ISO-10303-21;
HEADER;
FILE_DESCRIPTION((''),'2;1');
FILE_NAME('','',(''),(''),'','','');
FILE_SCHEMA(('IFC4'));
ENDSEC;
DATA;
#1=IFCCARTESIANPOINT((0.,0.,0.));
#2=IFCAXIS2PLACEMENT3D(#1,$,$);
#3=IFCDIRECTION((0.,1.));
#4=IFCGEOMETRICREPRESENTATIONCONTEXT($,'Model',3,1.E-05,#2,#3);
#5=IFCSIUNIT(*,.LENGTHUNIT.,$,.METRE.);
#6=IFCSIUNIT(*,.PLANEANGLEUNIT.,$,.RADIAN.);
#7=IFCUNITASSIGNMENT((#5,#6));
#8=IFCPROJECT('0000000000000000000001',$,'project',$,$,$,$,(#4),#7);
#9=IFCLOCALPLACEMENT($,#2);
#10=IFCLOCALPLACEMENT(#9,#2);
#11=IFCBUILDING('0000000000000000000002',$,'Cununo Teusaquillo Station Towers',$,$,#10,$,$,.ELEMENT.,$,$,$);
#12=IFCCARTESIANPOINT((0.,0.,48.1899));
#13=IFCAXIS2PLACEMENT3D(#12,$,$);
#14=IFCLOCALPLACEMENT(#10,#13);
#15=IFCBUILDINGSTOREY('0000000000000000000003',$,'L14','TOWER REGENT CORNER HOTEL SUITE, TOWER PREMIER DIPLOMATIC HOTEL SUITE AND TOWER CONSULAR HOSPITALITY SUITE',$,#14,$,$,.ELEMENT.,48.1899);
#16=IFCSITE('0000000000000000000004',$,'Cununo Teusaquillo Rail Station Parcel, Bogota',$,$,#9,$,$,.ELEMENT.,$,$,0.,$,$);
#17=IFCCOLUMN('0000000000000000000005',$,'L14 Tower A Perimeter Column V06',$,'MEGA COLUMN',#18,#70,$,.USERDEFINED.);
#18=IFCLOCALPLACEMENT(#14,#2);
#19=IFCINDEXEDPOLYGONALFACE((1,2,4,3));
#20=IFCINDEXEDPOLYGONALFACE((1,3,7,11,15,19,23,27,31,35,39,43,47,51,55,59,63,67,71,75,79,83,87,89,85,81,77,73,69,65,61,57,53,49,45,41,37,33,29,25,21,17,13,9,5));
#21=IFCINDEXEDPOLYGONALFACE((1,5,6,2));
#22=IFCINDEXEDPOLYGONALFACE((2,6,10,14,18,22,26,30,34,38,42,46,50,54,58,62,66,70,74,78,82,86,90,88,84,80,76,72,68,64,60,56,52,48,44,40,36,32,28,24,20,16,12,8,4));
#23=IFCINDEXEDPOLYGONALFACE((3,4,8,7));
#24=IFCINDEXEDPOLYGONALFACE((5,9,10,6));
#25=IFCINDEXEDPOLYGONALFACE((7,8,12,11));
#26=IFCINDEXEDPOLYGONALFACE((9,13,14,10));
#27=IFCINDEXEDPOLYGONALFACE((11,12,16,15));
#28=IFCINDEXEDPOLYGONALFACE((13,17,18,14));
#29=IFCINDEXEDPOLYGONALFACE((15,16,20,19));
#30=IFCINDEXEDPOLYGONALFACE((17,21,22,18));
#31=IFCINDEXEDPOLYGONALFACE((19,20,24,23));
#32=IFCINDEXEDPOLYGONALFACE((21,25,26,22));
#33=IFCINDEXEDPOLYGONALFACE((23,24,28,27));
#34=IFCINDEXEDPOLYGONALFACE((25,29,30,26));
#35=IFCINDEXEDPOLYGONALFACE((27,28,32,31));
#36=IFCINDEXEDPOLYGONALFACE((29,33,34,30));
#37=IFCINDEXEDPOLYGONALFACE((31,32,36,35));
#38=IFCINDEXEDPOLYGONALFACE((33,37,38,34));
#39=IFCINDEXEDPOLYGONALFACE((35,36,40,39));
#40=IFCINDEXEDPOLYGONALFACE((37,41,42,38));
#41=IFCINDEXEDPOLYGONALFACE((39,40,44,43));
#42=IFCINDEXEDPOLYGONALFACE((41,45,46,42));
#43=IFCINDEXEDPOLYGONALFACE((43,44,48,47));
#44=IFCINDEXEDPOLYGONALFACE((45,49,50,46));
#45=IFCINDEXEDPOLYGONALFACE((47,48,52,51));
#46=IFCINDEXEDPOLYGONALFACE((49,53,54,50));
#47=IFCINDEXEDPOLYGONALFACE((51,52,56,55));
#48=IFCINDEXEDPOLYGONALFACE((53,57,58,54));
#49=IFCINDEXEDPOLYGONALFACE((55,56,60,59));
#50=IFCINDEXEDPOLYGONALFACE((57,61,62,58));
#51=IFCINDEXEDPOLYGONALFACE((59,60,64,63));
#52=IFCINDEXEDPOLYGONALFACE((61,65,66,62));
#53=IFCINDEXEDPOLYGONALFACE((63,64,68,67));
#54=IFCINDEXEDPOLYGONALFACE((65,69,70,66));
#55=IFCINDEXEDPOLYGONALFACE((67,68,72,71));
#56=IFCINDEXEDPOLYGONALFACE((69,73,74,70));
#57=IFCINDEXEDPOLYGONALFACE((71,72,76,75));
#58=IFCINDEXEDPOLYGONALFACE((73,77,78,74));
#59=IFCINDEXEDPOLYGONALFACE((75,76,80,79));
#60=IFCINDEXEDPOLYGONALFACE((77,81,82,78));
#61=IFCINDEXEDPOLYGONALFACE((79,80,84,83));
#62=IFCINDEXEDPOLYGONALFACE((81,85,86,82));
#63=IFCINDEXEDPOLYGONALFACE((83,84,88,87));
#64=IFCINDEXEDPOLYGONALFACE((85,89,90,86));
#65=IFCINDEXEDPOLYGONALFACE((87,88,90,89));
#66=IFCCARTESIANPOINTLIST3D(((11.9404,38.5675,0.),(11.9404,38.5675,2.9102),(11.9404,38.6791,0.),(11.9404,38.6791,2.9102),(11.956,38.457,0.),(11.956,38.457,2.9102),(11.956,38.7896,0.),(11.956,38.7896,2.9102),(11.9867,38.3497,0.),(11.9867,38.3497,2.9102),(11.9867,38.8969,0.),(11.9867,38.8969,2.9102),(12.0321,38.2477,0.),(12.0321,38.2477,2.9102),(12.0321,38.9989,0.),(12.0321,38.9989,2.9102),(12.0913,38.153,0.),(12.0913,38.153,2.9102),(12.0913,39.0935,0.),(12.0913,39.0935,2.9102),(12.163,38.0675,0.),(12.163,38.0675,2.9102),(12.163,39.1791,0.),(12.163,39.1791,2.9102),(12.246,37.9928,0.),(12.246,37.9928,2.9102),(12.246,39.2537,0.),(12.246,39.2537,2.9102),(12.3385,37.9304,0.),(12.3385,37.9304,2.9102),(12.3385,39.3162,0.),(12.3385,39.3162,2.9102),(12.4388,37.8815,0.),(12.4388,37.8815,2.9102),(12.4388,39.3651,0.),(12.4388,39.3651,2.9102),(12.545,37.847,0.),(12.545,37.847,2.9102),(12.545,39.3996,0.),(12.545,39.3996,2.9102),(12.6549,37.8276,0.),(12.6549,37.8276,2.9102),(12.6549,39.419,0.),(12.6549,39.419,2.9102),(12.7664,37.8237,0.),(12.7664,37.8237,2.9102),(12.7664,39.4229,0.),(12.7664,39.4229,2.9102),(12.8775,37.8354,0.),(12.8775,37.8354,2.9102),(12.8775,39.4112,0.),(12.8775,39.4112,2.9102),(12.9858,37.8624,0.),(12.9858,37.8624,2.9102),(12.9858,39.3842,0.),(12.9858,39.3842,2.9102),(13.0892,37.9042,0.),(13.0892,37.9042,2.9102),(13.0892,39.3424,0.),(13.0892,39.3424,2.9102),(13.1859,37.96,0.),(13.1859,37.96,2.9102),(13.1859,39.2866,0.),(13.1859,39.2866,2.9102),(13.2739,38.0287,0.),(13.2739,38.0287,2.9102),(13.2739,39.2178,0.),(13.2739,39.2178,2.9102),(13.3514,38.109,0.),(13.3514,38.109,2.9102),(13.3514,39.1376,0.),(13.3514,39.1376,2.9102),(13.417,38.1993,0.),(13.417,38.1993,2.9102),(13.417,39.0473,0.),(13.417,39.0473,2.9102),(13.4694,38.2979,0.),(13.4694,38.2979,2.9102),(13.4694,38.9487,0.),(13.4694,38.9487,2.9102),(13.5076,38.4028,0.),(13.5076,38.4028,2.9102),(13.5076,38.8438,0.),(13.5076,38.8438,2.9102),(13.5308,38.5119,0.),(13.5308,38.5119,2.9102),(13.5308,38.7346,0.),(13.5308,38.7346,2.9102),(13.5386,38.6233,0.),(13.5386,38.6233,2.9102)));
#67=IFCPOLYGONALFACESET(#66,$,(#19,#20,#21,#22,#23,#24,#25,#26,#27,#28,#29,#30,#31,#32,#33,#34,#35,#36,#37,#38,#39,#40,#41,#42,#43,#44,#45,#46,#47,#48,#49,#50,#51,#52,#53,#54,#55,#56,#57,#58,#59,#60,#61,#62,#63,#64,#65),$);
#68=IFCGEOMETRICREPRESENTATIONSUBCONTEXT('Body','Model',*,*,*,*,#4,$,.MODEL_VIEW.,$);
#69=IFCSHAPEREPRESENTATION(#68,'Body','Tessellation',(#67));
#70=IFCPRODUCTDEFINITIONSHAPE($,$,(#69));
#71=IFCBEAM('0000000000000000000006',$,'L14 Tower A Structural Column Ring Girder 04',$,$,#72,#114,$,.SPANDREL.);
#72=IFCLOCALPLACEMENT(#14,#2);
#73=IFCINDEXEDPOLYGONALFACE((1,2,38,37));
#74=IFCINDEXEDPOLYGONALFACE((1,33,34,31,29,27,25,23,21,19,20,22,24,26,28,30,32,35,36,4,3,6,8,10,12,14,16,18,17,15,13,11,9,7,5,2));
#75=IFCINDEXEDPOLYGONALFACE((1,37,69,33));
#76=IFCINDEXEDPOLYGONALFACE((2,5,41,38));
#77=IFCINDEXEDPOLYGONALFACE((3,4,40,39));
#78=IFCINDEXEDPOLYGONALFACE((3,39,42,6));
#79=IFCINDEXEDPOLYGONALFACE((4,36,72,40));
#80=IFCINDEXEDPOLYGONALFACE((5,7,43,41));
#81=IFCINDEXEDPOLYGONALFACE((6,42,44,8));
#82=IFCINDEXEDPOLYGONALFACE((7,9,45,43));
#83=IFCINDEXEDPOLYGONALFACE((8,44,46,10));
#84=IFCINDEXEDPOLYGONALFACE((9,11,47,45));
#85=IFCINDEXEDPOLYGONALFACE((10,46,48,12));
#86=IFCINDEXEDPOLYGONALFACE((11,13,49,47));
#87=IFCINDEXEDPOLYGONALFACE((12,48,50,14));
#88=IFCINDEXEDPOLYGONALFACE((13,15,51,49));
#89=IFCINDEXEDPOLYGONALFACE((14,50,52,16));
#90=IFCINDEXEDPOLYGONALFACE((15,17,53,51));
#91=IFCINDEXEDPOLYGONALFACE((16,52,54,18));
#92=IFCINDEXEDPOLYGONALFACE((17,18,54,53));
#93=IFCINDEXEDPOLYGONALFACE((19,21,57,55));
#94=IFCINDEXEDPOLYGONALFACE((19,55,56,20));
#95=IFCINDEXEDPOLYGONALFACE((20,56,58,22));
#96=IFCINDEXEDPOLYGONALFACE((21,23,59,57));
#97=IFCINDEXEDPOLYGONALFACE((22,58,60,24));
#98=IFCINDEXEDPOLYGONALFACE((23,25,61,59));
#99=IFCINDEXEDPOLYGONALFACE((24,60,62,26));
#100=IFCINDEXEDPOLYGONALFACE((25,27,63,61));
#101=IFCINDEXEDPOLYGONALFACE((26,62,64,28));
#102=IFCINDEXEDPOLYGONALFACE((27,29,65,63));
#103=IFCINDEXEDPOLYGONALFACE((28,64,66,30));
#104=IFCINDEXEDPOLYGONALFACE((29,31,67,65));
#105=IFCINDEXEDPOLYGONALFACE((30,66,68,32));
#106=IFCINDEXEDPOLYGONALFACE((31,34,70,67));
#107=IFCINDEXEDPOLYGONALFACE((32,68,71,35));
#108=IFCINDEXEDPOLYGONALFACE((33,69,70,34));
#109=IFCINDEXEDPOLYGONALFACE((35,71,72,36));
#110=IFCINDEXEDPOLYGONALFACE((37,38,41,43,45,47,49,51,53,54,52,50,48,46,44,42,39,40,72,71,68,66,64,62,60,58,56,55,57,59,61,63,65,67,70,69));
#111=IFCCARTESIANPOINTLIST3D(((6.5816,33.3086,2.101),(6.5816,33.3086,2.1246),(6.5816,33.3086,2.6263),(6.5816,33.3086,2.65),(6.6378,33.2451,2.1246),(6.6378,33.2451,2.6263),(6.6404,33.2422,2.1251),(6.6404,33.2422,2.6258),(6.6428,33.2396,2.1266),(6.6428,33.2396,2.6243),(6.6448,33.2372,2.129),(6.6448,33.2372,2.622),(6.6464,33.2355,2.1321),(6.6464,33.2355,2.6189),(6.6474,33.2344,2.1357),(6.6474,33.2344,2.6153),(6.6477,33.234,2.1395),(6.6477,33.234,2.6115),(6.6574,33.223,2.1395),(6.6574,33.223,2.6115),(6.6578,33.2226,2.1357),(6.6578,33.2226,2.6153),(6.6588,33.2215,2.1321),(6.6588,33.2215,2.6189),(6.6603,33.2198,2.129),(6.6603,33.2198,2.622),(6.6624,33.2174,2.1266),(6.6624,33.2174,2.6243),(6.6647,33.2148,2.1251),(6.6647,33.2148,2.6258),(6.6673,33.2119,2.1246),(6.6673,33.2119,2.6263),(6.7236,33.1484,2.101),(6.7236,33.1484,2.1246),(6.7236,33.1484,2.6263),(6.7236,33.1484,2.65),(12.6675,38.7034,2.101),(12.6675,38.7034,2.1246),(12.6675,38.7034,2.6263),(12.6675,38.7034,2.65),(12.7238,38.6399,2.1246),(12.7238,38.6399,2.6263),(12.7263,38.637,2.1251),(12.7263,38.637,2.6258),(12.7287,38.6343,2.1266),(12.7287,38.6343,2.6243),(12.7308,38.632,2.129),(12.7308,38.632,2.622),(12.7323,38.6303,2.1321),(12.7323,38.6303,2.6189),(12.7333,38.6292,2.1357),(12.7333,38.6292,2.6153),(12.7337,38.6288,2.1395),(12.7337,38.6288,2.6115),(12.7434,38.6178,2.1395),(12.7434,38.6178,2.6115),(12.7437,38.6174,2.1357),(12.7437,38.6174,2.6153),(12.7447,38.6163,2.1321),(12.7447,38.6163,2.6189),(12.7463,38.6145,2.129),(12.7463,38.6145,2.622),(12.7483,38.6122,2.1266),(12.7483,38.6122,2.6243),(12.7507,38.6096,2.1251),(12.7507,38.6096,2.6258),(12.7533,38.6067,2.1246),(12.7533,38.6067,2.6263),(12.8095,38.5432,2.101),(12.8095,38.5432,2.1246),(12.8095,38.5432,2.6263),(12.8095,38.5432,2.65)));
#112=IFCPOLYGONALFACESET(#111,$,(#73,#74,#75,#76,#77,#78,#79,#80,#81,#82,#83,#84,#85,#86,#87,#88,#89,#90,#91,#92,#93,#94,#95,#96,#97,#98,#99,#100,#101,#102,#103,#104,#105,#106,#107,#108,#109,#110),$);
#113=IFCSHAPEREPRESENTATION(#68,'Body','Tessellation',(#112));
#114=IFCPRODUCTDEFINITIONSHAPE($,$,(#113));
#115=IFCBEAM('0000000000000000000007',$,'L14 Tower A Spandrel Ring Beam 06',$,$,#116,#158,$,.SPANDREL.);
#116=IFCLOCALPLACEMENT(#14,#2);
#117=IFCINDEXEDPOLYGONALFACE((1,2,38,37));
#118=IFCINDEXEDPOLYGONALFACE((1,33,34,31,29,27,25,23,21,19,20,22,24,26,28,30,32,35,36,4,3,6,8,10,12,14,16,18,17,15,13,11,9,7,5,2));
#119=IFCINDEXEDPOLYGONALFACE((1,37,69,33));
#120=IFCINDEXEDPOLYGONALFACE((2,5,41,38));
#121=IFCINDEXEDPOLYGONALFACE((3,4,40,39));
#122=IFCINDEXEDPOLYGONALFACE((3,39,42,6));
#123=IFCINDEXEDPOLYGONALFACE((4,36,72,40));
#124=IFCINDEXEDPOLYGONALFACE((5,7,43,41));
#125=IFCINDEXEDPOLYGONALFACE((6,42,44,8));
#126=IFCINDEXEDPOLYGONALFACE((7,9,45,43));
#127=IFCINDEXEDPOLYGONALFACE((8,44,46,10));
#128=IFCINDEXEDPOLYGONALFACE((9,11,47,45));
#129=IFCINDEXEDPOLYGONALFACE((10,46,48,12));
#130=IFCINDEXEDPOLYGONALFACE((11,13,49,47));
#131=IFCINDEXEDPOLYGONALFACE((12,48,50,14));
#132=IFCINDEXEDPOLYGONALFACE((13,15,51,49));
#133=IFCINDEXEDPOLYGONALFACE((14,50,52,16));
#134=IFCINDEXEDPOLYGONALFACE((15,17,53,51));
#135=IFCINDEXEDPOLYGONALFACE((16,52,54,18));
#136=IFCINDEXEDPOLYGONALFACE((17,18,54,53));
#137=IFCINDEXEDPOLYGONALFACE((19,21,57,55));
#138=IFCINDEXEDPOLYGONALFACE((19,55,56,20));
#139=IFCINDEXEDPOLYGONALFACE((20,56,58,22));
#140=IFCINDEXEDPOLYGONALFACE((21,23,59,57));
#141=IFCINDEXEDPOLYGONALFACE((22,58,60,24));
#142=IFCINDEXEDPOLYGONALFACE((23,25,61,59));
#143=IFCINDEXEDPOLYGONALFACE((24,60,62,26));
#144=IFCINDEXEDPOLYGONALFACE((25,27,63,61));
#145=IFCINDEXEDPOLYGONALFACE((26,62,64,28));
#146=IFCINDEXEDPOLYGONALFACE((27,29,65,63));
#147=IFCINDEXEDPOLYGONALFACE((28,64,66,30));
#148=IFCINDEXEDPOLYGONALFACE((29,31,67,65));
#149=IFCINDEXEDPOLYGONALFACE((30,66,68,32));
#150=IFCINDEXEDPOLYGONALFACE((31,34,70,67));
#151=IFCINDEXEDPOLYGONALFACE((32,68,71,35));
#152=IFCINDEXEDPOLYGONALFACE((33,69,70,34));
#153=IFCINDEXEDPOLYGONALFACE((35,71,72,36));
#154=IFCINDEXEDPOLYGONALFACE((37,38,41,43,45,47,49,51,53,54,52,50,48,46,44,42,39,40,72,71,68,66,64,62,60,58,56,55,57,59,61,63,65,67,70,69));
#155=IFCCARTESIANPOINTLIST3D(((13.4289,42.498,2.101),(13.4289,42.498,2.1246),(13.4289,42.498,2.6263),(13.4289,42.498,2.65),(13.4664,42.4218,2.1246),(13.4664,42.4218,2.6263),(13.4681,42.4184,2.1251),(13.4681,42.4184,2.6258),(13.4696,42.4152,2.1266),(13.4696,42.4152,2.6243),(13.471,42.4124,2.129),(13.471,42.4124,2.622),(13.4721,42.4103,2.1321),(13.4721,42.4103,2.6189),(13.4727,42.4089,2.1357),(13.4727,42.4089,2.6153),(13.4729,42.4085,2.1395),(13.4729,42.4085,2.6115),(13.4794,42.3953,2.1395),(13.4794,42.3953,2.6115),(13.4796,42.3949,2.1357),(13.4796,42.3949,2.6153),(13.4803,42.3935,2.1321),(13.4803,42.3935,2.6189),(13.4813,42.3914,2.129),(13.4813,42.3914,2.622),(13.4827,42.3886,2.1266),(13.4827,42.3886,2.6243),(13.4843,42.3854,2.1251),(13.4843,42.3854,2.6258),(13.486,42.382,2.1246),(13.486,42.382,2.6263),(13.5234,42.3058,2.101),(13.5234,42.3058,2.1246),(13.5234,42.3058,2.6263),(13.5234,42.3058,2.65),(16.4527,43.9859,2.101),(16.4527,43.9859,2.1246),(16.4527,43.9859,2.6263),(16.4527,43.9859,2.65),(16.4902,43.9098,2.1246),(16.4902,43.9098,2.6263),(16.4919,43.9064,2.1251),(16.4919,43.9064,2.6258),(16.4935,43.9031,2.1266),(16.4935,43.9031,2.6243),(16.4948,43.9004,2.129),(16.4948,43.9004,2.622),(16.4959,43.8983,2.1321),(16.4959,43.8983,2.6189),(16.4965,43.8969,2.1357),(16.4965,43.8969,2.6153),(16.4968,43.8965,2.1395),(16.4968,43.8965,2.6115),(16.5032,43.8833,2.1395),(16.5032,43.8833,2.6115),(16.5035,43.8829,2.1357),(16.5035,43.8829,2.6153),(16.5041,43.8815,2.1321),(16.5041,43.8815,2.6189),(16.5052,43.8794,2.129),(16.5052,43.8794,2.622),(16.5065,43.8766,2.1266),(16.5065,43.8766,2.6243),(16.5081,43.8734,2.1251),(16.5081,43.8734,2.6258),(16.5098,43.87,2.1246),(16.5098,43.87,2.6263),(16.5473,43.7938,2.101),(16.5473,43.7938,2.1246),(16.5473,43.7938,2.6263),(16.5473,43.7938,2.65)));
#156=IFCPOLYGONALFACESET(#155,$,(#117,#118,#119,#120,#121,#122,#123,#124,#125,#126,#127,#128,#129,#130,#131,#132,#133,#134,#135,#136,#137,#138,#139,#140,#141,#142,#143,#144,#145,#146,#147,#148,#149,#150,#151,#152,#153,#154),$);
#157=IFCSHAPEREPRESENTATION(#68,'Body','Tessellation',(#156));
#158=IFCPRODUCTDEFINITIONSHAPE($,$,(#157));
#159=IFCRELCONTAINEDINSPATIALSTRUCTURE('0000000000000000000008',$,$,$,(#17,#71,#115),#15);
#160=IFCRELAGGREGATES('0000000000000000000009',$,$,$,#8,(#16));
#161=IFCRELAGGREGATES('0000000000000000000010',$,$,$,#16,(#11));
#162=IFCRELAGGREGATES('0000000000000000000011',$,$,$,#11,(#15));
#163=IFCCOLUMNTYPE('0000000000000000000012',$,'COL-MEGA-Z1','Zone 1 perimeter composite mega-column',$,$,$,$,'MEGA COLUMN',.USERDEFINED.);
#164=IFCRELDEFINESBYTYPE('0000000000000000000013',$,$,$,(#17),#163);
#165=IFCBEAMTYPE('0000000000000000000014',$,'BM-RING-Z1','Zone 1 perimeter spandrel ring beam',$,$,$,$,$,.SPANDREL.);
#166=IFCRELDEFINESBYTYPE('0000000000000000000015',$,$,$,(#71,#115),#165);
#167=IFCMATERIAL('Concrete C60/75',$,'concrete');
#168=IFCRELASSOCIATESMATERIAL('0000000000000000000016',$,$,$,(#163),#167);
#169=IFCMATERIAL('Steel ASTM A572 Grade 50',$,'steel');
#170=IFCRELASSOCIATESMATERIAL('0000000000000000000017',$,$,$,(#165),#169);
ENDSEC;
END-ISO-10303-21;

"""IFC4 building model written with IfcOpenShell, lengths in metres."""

from ifc_helpers import new_model, si_unit, direction, frame, origin, origin_2d, place, context, subcontext, project, spatial, circle, i_section, extrude, material, material_profile, profile_set, type_object, element, save


model = new_model("IFC4")

# Units and contexts
model_context = context("Model", 3, precision=1e-05, world=origin(), true_north=direction((0.0, 1.0)))
body_context = subcontext(model_context, "Body", "Model", "MODEL_VIEW")
ifc_project = project(units=[si_unit("LENGTHUNIT", "METRE"), si_unit("PLANEANGLEUNIT", "RADIAN")], contexts=[model_context])

# Site, building, storey
site_placement = place(None, origin())
site = spatial("IfcSite", under=ifc_project, at=site_placement, Name="Cununo Teusaquillo Rail Station Parcel, Bogota", CompositionType="ELEMENT", RefElevation=0.0)
building_placement = place(site_placement, origin())
building = spatial("IfcBuilding", under=site, at=building_placement, Name="Cununo Teusaquillo Station Towers", CompositionType="ELEMENT")
storey_placement = place(building_placement, frame((0.0, 0.0, 48.1899)))
storey = spatial("IfcBuildingStorey", under=building, at=storey_placement, Name="L14", Description="TOWER REGENT CORNER HOTEL SUITE, TOWER PREMIER DIPLOMATIC HOTEL SUITE AND TOWER CONSULAR HOSPITALITY SUITE", CompositionType="ELEMENT", Elevation=48.1899)

# Column
ifc_material_1 = material(Name="Concrete C60/75", Category="concrete")
ifc_material_profile_1 = material_profile(ifc_material_1, circle(Radius=0.8, at=origin_2d()), Name="RC-CIRC-1600")
ifc_profile_set_1 = profile_set([ifc_material_profile_1], Name="Concrete C60/75")
column_type = type_object("IfcColumnType", Name="COL-MEGA-Z1", Description="Zone 1 perimeter composite mega-column", ElementType="MEGA COLUMN", PredefinedType="USERDEFINED", material=ifc_profile_set_1)
column_placement = place(storey_placement, frame((12.7385, 38.6233, 0.0), z_axis=(0.0, 0.0, 1.0), x_axis=(1.0, 0.0, 0.0)))
element("IfcColumn", 1, at=column_placement, inside=storey, type_object=column_type, Name="L14 Tower A Perimeter Column V06", ObjectType="MEGA COLUMN", PredefinedType="USERDEFINED", context=body_context, shape_type="SweptSolid", body=[
    extrude(circle(Radius=0.8, at=origin_2d()), origin(), (0.0, 0.0, 1.0), 2.9102),
])

# Beams
ifc_material_2 = material(Name="Steel ASTM A572 Grade 50", Category="steel")
ifc_material_profile_2 = material_profile(ifc_material_2, i_section(OverallWidth=0.2141, OverallDepth=0.5491, WebThickness=0.0146, FlangeThickness=0.0237, FilletRadius=0.0149, at=origin_2d()), Name="W21X93")
ifc_profile_set_2 = profile_set([ifc_material_profile_2], Name="Steel ASTM A572 Grade 50")
beam_type_1 = type_object("IfcBeamType", Name="BM-RING-Z1", Description="Zone 1 perimeter spandrel ring beam", PredefinedType="SPANDREL", material=ifc_profile_set_2)
beam_1_placement = place(storey_placement, frame((12.7385, 38.6233, 2.3755), z_axis=(-0.748321, -0.663337, 0.0), x_axis=(0.663337, -0.748321, 0.0)))
element("IfcBeam", 2, at=beam_1_placement, inside=storey, type_object=beam_type_1, Name="L14 Tower A Structural Column Ring Girder 04", PredefinedType="SPANDREL", context=body_context, shape_type="SweptSolid", body=[
    extrude(i_section(OverallWidth=0.2141, OverallDepth=0.5491, WebThickness=0.0146, FlangeThickness=0.0237, FilletRadius=0.0149, at=origin_2d()), origin(), (0.0, 0.0, 1.0), 8.1328),
])
beam_2_placement = place(storey_placement, frame((16.5, 43.8899, 2.3755), z_axis=(-0.897249, -0.441525, 0.0), x_axis=(0.441525, -0.897249, 0.0)))
element("IfcBeam", 3, at=beam_2_placement, inside=storey, type_object=beam_type_1, Name="L14 Tower A Spandrel Ring Beam 06", PredefinedType="SPANDREL", context=body_context, shape_type="SweptSolid", body=[
    extrude(i_section(OverallWidth=0.2141, OverallDepth=0.5491, WebThickness=0.0146, FlangeThickness=0.0237, FilletRadius=0.0149, at=origin_2d()), origin(), (0.0, 0.0, 1.0), 3.3701),
])

save(model, "model.ifc")
